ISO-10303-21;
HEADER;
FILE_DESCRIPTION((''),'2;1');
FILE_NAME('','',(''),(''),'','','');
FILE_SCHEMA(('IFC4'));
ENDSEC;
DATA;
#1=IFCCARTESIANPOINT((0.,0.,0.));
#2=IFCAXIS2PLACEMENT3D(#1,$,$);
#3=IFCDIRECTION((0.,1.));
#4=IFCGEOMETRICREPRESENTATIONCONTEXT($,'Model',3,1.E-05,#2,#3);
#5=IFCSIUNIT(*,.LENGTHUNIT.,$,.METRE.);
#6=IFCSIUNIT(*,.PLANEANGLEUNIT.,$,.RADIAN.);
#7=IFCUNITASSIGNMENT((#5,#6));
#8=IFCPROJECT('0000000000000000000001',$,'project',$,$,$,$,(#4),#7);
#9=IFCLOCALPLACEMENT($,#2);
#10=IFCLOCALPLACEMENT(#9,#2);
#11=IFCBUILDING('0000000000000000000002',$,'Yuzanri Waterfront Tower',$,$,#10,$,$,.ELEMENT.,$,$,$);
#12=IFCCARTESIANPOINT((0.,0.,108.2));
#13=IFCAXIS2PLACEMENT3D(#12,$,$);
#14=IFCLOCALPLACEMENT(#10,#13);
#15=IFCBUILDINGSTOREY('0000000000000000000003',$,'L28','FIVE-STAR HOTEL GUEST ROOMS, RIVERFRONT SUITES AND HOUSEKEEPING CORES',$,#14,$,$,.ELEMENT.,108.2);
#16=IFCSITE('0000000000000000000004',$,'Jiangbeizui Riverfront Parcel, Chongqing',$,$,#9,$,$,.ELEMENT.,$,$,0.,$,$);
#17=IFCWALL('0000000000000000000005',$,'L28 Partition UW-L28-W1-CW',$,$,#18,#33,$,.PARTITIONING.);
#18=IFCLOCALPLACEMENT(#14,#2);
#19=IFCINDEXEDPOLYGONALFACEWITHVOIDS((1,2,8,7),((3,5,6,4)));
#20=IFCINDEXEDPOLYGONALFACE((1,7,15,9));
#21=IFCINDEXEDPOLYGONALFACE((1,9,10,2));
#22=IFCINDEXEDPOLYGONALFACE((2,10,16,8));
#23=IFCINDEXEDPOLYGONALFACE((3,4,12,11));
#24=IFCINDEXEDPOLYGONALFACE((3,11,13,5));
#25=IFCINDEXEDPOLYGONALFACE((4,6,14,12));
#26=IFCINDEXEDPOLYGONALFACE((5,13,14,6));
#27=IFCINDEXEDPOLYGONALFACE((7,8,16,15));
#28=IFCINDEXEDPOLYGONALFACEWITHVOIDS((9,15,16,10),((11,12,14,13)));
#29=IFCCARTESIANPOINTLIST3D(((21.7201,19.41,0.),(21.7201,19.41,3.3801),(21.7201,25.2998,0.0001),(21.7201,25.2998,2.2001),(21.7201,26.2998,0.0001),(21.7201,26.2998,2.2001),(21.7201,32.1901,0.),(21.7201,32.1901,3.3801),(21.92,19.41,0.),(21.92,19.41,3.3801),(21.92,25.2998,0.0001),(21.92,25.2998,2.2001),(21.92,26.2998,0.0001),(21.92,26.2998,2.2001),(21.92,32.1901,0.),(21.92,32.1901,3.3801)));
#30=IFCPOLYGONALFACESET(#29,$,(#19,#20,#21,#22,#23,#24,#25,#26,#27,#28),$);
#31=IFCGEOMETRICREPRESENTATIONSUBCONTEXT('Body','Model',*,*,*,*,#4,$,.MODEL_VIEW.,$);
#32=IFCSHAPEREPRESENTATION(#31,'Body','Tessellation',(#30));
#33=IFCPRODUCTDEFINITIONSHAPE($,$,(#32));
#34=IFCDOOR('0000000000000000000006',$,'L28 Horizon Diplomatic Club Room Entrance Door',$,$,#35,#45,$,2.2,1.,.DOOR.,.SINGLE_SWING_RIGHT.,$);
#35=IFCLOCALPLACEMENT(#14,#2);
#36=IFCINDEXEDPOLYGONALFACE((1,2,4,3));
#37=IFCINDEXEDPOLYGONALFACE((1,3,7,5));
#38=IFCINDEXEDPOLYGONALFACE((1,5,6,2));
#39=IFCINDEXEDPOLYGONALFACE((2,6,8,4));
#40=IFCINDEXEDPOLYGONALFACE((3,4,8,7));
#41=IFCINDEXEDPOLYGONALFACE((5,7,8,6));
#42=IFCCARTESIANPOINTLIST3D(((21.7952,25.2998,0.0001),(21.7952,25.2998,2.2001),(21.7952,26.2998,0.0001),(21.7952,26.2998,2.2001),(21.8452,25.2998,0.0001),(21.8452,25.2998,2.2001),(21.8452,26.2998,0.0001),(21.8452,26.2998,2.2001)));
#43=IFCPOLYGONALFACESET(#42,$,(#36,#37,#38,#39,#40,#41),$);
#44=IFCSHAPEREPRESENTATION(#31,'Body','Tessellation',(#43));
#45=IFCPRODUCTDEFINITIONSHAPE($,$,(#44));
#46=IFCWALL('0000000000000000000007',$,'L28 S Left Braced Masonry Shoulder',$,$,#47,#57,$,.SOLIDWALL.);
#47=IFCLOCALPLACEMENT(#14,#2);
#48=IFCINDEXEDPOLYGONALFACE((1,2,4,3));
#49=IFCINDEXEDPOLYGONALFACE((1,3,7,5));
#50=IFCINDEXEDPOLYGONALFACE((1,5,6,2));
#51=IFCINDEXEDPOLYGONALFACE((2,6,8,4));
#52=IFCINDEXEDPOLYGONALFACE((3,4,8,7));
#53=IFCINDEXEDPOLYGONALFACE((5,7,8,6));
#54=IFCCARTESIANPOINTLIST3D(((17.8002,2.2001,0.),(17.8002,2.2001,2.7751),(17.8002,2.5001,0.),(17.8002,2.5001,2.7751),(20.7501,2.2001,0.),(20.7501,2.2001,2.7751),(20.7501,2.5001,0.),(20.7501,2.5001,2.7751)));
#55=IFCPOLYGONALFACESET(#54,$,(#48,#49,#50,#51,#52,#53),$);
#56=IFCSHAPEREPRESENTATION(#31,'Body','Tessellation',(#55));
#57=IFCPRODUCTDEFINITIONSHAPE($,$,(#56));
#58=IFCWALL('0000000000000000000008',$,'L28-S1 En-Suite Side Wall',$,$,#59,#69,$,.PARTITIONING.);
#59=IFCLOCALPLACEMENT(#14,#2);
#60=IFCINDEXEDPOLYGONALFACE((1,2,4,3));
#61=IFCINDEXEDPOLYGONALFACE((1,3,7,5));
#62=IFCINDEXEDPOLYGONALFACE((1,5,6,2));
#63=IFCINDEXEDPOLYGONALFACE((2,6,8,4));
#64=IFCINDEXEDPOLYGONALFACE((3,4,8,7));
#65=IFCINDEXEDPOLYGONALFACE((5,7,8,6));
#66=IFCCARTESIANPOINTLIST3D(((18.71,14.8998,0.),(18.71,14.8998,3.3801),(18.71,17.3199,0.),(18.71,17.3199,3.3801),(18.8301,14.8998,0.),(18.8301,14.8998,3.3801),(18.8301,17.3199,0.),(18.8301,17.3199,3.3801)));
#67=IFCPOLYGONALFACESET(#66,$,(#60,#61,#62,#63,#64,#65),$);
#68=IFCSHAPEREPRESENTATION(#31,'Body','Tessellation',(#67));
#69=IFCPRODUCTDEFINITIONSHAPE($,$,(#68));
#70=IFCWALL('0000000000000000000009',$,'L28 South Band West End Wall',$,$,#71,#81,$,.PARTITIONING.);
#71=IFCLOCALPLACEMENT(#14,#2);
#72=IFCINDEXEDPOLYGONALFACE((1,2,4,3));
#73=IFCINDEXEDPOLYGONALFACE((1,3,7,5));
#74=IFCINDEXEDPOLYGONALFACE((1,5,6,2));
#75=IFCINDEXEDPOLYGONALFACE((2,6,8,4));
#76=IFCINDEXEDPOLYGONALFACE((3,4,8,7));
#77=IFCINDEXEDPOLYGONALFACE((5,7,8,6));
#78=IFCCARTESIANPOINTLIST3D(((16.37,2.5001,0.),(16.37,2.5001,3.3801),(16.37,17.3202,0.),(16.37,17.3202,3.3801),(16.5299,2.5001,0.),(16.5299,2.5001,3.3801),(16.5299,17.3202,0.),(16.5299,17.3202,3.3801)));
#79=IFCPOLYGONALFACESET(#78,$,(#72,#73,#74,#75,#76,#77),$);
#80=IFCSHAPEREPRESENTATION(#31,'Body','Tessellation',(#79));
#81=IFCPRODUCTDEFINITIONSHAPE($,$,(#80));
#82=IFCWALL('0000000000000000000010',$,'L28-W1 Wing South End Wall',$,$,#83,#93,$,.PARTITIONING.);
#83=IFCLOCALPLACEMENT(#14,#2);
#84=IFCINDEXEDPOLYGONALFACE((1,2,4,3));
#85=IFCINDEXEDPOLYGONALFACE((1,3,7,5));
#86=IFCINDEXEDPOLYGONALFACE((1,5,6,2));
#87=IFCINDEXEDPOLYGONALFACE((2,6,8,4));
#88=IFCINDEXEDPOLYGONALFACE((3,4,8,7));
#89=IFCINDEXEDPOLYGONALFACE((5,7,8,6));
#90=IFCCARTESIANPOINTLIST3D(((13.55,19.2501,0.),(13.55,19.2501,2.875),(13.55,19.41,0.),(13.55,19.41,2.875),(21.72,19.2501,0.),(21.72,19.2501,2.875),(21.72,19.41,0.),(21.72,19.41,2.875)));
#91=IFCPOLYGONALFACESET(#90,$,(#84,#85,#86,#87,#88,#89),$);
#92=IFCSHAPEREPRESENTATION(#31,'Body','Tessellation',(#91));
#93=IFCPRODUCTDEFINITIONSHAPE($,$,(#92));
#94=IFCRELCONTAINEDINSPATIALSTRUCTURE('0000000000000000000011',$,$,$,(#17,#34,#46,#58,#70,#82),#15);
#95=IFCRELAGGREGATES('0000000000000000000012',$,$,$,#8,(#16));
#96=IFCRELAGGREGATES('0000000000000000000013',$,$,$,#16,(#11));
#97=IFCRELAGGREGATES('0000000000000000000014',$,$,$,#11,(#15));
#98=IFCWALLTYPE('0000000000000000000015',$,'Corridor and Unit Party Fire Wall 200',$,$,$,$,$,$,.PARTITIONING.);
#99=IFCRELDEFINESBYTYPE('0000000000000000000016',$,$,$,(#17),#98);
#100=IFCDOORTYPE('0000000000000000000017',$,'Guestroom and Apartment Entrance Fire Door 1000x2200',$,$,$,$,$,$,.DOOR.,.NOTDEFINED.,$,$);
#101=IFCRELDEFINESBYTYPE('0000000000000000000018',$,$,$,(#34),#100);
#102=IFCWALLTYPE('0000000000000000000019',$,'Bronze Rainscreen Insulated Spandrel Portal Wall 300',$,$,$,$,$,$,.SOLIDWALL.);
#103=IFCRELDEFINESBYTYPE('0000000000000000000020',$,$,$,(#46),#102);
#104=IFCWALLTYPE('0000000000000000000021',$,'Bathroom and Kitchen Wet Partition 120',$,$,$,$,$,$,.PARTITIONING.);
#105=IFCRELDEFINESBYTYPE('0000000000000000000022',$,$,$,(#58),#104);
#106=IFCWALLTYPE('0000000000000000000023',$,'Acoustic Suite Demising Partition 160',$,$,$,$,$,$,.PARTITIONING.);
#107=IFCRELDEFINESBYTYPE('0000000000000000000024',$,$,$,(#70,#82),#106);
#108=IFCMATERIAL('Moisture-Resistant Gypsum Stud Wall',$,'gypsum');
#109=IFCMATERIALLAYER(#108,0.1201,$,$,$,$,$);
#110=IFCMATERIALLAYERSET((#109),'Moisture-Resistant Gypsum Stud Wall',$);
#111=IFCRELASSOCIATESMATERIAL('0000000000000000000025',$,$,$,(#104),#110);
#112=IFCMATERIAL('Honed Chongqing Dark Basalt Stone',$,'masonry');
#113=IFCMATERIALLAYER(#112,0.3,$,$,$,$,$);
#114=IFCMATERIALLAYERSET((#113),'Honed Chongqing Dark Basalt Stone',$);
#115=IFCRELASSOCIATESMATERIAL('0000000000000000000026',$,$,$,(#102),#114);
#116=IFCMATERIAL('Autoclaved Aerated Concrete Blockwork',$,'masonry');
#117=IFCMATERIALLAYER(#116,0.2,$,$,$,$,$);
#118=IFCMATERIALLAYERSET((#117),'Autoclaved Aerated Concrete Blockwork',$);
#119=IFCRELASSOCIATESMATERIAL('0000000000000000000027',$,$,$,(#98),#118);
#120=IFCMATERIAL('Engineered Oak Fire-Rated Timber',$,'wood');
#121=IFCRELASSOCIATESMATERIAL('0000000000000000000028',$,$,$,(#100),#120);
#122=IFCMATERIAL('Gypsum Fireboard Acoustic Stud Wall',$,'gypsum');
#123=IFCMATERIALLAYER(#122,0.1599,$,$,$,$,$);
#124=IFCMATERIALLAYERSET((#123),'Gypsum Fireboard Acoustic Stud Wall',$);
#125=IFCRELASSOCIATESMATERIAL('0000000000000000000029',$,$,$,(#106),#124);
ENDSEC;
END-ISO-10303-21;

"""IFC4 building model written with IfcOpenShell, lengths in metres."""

from ifc_helpers import new_model, si_unit, direction, frame, frame_2d, origin, place, context, subcontext, project, spatial, rectangle, extrude, source, transform, mapped, material, layer, layer_set, type_object, element, fill, save


model = new_model("IFC4")

# Units and contexts
model_context = context("Model", 3, precision=1e-05, world=origin(), true_north=direction((0.0, 1.0)))
body_context = subcontext(model_context, "Body", "Model", "MODEL_VIEW")
ifc_project = project(units=[si_unit("LENGTHUNIT", "METRE"), si_unit("PLANEANGLEUNIT", "RADIAN")], contexts=[model_context])

# Site, building, storey
site_placement = place(None, origin())
site = spatial("IfcSite", under=ifc_project, at=site_placement, Name="Jiangbeizui Riverfront Parcel, Chongqing", CompositionType="ELEMENT", RefElevation=0.0)
building_placement = place(site_placement, origin())
building = spatial("IfcBuilding", under=site, at=building_placement, Name="Yuzanri Waterfront Tower", CompositionType="ELEMENT")
storey_placement = place(building_placement, frame((0.0, 0.0, 108.2)))
storey = spatial("IfcBuildingStorey", under=building, at=storey_placement, Name="L28", Description="FIVE-STAR HOTEL GUEST ROOMS, RIVERFRONT SUITES AND HOUSEKEEPING CORES", CompositionType="ELEMENT", Elevation=108.2)

# Shared definitions
ifc_material_1 = material(Name="Moisture-Resistant Gypsum Stud Wall", Category="gypsum")
ifc_layer_1 = layer(ifc_material_1, 0.1201)
ifc_layer_set_1 = layer_set([ifc_layer_1], Name="Moisture-Resistant Gypsum Stud Wall")
wall_type_1 = type_object("IfcWallType", Name="Bathroom and Kitchen Wet Partition 120", PredefinedType="PARTITIONING", material=ifc_layer_set_1)

# Shared definitions
ifc_material_2 = material(Name="Honed Chongqing Dark Basalt Stone", Category="masonry")
ifc_layer_2 = layer(ifc_material_2, 0.3)
ifc_layer_set_2 = layer_set([ifc_layer_2], Name="Honed Chongqing Dark Basalt Stone")
wall_type_2 = type_object("IfcWallType", Name="Bronze Rainscreen Insulated Spandrel Portal Wall 300", PredefinedType="SOLIDWALL", material=ifc_layer_set_2)

# Wall, opening, door
ifc_material_3 = material(Name="Autoclaved Aerated Concrete Blockwork", Category="masonry")
ifc_layer_3 = layer(ifc_material_3, 0.2)
ifc_layer_set_3 = layer_set([ifc_layer_3], Name="Autoclaved Aerated Concrete Blockwork")
wall_type_3 = type_object("IfcWallType", Name="Corridor and Unit Party Fire Wall 200", PredefinedType="PARTITIONING", material=ifc_layer_set_3)
ifc_material_4 = material(Name="Engineered Oak Fire-Rated Timber", Category="wood")
door_type_1 = type_object("IfcDoorType", Name="Guestroom and Apartment Entrance Fire Door 1000x2200", OperationType="NOTDEFINED", PredefinedType="DOOR", material=ifc_material_4)
shared_shape_1 = source(origin(), body_context, "Body", "SweptSolid", [
    extrude(rectangle(XDim=1.0, YDim=2.2, at=frame_2d((0.5, 1.1001))), frame((0.0, 0.0249, 0.0), z_axis=(0.0, -1.0, 0.0), x_axis=(1.0, 0.0, 0.0)), (0.0, 0.0, 1.0), 0.05),
])
wall_1_placement = place(storey_placement, frame((21.8201, 19.4099, 0.0), z_axis=(0.0, 0.0, 1.0), x_axis=(0.0, 1.0, 0.0)))
wall_1 = element("IfcWall", 1, at=wall_1_placement, inside=storey, type_object=wall_type_3, Name="L28 Partition UW-L28-W1-CW", PredefinedType="PARTITIONING", context=body_context, shape_type="SweptSolid", body=[
    extrude(rectangle(XDim=12.78, YDim=0.2, at=frame_2d((6.3901, 0.0))), origin(), (0.0, 0.0, 1.0), 3.3801),
])
opening_1_placement = place(wall_1_placement, frame((5.8899, 0.0, 0.0)))
opening_1 = element("IfcOpeningElement", 2, at=opening_1_placement, cuts=wall_1, PredefinedType="OPENING", context=body_context, shape_type="SweptSolid", body=[
    extrude(rectangle(XDim=1.0, YDim=2.2, at=frame_2d((0.5, 1.1001))), frame((0.0, 0.1147, 0.0), z_axis=(0.0, -1.0, 0.0), x_axis=(1.0, 0.0, 0.0)), (0.0, 0.0, 1.0), 0.2297),
])
door_1_placement = place(opening_1_placement, origin())
door_1 = element("IfcDoor", 3, at=door_1_placement, inside=storey, type_object=door_type_1, Name="L28 Horizon Diplomatic Club Room Entrance Door", OperationType="SINGLE_SWING_RIGHT", OverallHeight=2.2, OverallWidth=1.0, PredefinedType="DOOR", context=body_context, shape_type="MappedRepresentation", body=[
    mapped(shared_shape_1, transform((0.0, 0.0, 0.0), scale=1.0)),
])
fill(opening_1, door_1)

# Walls
shared_shape_2 = source(origin(), body_context, "Body", "SweptSolid", [
    extrude(rectangle(XDim=2.95, YDim=0.3, at=frame_2d((1.4751, 0.0))), origin(), (0.0, 0.0, 1.0), 2.7751),
])
wall_2_placement = place(storey_placement, frame((17.8, 2.3501, 0.0), z_axis=(0.0, 0.0, 1.0), x_axis=(1.0, 0.0, 0.0)))
element("IfcWall", 4, at=wall_2_placement, inside=storey, type_object=wall_type_2, Name="L28 S Left Braced Masonry Shoulder", PredefinedType="SOLIDWALL", context=body_context, shape_type="MappedRepresentation", body=[
    mapped(shared_shape_2, transform((0.0, 0.0, 0.0), scale=1.0)),
])
shared_shape_3 = source(origin(), body_context, "Body", "SweptSolid", [
    extrude(rectangle(XDim=2.4202, YDim=0.1201, at=frame_2d((1.21, 0.0))), origin(), (0.0, 0.0, 1.0), 3.3801),
])
wall_3_placement = place(storey_placement, frame((18.77, 14.8999, 0.0), z_axis=(0.0, 0.0, 1.0), x_axis=(0.0, 1.0, 0.0)))
element("IfcWall", 5, at=wall_3_placement, inside=storey, type_object=wall_type_1, Name="L28-S1 En-Suite Side Wall", PredefinedType="PARTITIONING", context=body_context, shape_type="MappedRepresentation", body=[
    mapped(shared_shape_3, transform((0.0, 0.0, 0.0), scale=1.0)),
])
ifc_material_5 = material(Name="Gypsum Fireboard Acoustic Stud Wall", Category="gypsum")
ifc_layer_4 = layer(ifc_material_5, 0.1599)
ifc_layer_set_4 = layer_set([ifc_layer_4], Name="Gypsum Fireboard Acoustic Stud Wall")
wall_type_4 = type_object("IfcWallType", Name="Acoustic Suite Demising Partition 160", PredefinedType="PARTITIONING", material=ifc_layer_set_4)
shared_shape_4 = source(origin(), body_context, "Body", "SweptSolid", [
    extrude(rectangle(XDim=14.8201, YDim=0.1599, at=frame_2d((7.4102, 0.0))), origin(), (0.0, 0.0, 1.0), 3.3801),
])
wall_4_placement = place(storey_placement, frame((16.45, 2.5, 0.0), z_axis=(0.0, 0.0, 1.0), x_axis=(0.0, 1.0, 0.0)))
element("IfcWall", 6, at=wall_4_placement, inside=storey, type_object=wall_type_4, Name="L28 South Band West End Wall", PredefinedType="PARTITIONING", context=body_context, shape_type="MappedRepresentation", body=[
    mapped(shared_shape_4, transform((0.0, 0.0, 0.0), scale=1.0)),
])
shared_shape_5 = source(origin(), body_context, "Body", "SweptSolid", [
    extrude(rectangle(XDim=8.1699, YDim=0.1599, at=frame_2d((4.085, 0.0))), origin(), (0.0, 0.0, 1.0), 2.875),
])
wall_5_placement = place(storey_placement, frame((13.55, 19.3301, 0.0), z_axis=(0.0, 0.0, 1.0), x_axis=(1.0, 0.0, 0.0)))
element("IfcWall", 7, at=wall_5_placement, inside=storey, type_object=wall_type_4, Name="L28-W1 Wing South End Wall", PredefinedType="PARTITIONING", context=body_context, shape_type="MappedRepresentation", body=[
    mapped(shared_shape_5, transform((0.0, 0.0, 0.0), scale=1.0)),
])

save(model, "model.ifc")
